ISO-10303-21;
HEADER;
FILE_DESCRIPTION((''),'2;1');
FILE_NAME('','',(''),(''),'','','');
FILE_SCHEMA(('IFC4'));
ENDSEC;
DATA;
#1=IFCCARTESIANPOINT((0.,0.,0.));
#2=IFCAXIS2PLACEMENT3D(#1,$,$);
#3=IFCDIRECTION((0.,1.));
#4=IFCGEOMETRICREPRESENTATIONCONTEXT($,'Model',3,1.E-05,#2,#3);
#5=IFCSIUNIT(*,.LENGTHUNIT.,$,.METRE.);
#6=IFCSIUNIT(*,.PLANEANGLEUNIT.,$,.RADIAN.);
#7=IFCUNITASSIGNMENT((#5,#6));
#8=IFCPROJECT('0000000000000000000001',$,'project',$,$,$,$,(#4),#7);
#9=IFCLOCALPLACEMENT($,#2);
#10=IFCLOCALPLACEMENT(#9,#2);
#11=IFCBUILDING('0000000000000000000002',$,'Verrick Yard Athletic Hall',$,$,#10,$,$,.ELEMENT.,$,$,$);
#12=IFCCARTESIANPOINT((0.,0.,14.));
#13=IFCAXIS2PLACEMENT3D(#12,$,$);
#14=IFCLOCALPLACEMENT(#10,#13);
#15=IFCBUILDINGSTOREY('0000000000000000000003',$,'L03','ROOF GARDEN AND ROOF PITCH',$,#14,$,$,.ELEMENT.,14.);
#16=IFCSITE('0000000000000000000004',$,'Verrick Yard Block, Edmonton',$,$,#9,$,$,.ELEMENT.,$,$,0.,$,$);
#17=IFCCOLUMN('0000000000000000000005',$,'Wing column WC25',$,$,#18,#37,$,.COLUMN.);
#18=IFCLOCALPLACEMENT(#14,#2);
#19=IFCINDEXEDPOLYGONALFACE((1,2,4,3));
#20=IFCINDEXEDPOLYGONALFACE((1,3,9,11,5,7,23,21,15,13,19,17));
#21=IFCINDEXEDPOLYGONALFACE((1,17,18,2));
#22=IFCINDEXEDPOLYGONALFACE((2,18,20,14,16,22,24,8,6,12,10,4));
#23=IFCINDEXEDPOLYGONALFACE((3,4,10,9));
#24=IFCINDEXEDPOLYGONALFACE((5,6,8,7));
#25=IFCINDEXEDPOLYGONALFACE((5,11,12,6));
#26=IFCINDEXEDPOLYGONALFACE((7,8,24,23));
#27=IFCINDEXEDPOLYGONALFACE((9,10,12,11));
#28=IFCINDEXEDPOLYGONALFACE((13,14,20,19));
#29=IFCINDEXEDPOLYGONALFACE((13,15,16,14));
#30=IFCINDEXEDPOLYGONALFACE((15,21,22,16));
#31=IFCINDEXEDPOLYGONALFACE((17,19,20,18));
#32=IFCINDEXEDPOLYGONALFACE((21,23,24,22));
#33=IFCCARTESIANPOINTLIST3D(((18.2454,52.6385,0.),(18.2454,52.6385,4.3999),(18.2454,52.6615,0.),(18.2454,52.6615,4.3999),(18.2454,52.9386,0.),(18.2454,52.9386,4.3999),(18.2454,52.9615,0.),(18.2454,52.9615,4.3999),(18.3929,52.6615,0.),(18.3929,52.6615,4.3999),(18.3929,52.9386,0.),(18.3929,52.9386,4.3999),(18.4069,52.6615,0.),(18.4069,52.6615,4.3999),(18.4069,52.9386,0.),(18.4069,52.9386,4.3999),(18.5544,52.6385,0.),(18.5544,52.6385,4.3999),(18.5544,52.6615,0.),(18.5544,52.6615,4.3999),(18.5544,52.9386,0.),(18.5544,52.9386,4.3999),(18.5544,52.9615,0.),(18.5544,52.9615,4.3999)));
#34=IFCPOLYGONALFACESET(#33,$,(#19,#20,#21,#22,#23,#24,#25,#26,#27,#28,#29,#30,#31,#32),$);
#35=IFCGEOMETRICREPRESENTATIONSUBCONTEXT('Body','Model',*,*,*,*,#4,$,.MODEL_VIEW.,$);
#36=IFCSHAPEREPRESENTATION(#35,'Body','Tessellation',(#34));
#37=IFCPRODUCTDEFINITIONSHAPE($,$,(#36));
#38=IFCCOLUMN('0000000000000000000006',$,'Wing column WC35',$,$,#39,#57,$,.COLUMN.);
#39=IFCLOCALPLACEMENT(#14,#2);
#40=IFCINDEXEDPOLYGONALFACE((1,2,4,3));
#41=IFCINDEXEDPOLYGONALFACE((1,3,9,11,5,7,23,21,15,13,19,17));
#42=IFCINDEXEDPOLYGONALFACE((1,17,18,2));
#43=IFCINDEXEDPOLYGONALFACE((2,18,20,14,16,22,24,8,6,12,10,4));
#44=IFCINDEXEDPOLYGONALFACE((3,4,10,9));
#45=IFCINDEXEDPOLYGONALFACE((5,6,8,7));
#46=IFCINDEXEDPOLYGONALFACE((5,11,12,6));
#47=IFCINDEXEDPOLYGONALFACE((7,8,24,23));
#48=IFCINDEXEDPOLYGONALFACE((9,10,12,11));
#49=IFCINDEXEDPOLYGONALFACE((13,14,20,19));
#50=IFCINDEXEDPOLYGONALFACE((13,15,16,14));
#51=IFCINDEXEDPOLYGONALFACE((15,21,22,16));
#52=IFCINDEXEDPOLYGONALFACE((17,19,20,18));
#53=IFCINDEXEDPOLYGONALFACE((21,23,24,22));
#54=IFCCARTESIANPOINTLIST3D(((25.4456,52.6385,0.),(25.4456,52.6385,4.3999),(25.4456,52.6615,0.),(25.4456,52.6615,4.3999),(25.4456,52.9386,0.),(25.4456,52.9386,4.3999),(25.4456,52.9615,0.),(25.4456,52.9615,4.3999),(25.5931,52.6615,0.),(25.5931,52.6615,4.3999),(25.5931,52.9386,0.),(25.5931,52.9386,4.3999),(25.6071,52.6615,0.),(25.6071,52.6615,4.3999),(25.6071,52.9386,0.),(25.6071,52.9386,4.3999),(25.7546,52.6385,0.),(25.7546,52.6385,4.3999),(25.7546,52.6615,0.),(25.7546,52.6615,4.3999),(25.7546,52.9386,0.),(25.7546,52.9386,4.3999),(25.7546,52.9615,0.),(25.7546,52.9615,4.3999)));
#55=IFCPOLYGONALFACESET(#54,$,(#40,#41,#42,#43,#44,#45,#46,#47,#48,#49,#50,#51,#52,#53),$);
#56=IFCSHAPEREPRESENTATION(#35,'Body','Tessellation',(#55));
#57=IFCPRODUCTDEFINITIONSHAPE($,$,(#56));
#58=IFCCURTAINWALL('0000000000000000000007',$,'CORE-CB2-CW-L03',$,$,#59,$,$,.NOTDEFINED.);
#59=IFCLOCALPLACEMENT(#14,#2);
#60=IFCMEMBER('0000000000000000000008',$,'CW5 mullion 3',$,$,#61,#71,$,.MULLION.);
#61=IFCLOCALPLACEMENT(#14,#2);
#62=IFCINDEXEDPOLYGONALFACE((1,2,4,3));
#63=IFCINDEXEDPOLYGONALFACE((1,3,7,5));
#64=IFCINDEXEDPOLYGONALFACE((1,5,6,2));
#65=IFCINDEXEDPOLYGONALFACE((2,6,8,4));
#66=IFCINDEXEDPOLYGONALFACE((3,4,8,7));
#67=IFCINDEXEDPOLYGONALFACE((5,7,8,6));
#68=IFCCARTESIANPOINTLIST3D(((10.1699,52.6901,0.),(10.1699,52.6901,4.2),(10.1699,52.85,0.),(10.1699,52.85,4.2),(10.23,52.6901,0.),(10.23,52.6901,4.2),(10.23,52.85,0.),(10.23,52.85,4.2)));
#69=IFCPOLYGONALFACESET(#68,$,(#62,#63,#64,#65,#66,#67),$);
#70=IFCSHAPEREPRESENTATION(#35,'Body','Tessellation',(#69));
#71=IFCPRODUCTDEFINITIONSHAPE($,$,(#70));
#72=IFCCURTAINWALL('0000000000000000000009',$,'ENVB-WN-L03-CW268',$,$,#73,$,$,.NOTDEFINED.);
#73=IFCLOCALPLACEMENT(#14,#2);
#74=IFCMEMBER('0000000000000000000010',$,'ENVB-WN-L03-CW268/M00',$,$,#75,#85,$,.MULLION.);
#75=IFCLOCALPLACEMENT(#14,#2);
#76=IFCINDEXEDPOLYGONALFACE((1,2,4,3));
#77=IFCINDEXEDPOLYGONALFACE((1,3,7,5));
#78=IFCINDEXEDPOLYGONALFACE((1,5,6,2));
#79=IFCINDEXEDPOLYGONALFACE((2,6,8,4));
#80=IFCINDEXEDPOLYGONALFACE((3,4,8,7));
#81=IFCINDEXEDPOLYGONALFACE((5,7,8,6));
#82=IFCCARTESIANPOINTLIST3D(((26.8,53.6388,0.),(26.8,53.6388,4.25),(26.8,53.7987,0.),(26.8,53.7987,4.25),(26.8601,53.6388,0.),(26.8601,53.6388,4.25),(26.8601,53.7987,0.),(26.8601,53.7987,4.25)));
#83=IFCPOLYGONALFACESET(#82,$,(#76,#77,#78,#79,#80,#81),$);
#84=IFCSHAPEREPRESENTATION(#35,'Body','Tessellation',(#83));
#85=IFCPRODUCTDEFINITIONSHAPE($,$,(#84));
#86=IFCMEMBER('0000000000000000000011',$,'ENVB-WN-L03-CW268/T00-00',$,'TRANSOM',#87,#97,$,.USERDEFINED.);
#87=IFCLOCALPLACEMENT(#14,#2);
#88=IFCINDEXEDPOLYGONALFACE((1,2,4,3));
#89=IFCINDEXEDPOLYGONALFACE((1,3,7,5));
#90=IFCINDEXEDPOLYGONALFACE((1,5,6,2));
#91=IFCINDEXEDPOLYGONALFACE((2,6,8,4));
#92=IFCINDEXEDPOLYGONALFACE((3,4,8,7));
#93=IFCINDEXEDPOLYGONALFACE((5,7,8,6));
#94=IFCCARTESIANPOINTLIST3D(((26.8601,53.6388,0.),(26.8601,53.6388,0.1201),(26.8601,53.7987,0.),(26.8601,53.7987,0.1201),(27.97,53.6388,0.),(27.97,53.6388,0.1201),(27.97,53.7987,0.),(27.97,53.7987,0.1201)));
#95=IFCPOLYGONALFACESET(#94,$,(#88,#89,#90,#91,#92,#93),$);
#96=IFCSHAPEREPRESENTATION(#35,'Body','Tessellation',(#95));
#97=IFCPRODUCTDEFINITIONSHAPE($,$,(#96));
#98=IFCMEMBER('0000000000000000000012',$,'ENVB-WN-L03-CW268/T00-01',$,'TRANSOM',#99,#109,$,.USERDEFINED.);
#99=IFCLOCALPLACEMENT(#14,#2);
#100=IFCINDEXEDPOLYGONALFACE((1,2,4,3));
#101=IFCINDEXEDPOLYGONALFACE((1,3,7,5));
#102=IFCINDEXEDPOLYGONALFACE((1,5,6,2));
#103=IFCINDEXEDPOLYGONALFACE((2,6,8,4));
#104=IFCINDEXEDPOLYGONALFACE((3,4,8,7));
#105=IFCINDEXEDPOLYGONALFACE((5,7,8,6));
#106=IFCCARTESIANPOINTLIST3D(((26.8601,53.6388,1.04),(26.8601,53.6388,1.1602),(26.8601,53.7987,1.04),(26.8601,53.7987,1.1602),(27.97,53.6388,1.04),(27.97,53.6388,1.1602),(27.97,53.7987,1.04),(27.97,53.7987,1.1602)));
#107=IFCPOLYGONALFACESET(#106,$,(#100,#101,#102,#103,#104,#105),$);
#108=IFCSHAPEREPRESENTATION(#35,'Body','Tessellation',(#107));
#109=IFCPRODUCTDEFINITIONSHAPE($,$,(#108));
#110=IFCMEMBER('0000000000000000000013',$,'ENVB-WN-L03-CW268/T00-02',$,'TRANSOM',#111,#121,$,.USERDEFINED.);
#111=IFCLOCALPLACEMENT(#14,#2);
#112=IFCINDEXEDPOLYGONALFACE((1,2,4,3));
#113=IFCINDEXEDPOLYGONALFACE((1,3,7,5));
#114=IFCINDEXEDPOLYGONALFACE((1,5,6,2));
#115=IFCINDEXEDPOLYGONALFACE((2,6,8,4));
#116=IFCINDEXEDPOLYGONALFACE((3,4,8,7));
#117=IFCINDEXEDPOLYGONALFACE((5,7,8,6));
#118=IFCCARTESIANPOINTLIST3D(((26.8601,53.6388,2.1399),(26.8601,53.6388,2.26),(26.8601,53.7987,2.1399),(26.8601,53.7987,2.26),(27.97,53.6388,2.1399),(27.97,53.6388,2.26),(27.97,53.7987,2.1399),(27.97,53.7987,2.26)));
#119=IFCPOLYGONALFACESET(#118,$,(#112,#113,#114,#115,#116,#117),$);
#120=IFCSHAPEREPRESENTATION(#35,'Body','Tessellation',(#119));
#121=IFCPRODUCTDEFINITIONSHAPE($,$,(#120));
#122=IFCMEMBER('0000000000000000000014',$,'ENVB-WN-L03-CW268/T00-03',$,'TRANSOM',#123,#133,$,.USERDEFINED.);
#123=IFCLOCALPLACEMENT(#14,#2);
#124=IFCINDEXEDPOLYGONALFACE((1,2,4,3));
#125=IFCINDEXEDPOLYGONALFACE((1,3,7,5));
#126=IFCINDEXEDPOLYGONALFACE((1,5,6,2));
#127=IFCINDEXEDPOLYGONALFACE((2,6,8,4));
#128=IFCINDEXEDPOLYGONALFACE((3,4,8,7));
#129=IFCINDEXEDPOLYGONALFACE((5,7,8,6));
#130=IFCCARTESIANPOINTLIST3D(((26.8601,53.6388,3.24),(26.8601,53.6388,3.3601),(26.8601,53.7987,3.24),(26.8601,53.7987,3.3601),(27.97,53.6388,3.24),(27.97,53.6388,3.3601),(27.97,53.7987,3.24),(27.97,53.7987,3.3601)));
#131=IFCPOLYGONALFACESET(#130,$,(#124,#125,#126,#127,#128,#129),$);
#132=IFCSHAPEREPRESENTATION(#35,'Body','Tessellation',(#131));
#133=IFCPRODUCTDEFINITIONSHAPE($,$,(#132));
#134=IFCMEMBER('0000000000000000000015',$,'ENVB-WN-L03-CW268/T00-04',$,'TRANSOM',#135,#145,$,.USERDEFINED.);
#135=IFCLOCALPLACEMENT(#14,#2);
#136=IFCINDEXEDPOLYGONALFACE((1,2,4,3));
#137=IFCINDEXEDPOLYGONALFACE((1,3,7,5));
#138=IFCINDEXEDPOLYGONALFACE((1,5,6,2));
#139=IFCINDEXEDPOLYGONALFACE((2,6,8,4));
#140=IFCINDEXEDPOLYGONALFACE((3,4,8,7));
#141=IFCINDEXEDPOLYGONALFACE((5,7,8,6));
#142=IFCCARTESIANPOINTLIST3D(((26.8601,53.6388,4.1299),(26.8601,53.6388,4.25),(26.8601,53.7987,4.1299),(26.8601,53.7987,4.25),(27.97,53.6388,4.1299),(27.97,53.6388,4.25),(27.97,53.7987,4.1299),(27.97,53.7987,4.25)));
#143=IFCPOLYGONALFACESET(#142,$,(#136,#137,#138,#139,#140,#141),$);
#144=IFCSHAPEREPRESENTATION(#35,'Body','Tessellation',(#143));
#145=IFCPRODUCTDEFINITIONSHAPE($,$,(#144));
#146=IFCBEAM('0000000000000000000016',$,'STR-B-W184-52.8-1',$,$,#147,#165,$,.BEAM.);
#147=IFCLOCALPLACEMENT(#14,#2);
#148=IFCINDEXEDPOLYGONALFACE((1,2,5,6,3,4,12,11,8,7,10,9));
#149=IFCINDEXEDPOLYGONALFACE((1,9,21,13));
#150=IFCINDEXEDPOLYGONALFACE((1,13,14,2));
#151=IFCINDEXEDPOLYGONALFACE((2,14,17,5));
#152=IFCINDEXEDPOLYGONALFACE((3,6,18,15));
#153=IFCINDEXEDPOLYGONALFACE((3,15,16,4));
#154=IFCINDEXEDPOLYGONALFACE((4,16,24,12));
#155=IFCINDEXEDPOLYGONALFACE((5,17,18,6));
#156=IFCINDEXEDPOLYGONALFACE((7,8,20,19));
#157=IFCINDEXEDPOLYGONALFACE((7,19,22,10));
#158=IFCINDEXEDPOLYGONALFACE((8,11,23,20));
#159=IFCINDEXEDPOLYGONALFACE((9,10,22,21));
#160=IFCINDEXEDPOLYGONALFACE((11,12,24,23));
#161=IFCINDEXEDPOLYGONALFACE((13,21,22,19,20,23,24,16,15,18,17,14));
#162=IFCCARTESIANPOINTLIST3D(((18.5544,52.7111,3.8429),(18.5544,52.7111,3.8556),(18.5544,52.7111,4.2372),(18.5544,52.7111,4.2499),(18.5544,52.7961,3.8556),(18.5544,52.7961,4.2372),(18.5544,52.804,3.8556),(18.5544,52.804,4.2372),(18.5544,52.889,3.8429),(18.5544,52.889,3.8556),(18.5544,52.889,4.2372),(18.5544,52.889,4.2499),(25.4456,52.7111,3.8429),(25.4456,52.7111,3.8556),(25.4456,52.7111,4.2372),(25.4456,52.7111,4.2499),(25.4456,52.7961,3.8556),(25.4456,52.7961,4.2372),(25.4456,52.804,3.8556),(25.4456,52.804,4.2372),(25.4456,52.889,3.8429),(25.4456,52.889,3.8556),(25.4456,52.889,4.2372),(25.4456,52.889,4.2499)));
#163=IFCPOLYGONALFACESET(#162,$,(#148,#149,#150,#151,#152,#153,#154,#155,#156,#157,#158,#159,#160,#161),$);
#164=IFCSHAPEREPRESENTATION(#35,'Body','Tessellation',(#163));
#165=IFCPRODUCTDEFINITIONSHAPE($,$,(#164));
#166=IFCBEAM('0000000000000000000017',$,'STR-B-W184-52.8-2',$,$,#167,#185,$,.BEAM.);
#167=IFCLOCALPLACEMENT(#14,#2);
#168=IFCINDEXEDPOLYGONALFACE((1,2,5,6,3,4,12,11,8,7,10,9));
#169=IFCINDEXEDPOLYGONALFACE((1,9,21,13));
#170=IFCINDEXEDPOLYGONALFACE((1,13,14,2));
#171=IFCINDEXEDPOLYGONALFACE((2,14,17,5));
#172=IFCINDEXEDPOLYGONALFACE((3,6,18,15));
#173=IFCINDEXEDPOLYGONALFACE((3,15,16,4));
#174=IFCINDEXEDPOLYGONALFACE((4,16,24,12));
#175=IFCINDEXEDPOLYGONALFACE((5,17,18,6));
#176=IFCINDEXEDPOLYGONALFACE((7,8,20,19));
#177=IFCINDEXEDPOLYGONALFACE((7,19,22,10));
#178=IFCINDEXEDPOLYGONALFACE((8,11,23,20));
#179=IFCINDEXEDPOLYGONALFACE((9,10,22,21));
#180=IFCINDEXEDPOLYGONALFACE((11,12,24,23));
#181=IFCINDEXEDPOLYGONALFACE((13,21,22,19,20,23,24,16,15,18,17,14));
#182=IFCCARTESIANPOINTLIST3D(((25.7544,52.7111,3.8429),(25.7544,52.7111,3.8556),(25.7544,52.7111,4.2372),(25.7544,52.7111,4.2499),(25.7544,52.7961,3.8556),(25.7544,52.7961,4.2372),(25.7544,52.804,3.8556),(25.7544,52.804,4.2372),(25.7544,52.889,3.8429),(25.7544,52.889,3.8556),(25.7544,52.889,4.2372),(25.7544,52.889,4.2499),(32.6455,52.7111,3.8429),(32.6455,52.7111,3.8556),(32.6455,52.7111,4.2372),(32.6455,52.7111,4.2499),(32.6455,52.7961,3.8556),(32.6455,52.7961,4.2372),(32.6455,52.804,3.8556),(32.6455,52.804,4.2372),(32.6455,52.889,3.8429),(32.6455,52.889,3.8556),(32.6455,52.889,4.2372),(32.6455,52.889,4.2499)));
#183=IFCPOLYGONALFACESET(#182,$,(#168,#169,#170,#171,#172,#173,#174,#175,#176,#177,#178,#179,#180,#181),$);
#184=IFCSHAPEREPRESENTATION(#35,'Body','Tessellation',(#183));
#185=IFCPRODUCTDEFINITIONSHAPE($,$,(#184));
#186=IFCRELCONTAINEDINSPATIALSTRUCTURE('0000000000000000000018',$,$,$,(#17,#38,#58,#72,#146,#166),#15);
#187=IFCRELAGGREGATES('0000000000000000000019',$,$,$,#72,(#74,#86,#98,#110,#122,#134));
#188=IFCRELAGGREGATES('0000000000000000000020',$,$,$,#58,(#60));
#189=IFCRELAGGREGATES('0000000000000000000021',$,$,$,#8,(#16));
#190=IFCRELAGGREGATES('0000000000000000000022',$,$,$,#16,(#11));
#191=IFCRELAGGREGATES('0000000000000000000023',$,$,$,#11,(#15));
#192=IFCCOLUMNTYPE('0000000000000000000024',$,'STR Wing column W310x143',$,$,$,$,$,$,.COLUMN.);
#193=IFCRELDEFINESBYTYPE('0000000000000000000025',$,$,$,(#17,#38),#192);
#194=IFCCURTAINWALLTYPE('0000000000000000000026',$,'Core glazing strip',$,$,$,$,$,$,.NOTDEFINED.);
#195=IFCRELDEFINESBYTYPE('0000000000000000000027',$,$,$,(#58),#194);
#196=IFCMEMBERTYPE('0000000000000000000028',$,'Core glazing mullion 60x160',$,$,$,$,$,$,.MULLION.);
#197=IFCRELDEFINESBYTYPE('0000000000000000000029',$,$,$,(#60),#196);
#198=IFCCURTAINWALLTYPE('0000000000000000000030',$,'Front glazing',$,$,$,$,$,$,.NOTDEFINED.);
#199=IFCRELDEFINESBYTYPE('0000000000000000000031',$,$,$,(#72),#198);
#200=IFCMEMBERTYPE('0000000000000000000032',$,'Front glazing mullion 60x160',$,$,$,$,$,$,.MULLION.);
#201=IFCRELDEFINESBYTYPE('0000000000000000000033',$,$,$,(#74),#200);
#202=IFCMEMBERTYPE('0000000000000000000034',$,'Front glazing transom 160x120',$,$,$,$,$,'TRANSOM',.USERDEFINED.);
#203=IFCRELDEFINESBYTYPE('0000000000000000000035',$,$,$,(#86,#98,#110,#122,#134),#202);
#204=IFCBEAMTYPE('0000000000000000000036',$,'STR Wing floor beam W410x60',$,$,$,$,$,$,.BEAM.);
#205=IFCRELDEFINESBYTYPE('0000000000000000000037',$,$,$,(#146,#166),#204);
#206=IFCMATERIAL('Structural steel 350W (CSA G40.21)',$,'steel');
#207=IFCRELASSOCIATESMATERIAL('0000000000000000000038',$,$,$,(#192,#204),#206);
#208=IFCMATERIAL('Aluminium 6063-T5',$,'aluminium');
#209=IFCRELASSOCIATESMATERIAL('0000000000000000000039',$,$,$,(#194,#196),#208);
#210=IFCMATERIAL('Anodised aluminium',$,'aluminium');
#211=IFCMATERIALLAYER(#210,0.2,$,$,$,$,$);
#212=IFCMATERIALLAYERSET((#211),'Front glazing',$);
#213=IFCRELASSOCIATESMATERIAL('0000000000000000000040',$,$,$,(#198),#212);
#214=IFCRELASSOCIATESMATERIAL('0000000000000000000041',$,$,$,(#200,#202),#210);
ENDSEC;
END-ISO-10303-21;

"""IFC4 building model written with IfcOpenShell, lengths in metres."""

from ifc_helpers import new_model, si_unit, direction, frame, origin, origin_2d, place, context, subcontext, project, spatial, rectangle, i_section, extrude, material, layer, layer_set, material_profile, profile_set, type_object, element, aggregate, save


model = new_model("IFC4")

# Units and contexts
model_context = context("Model", 3, precision=1e-05, world=origin(), true_north=direction((0.0, 1.0)))
body_context = subcontext(model_context, "Body", "Model", "MODEL_VIEW")
ifc_project = project(units=[si_unit("LENGTHUNIT", "METRE"), si_unit("PLANEANGLEUNIT", "RADIAN")], contexts=[model_context])

# Site, building, storey
site_placement = place(None, origin())
site = spatial("IfcSite", under=ifc_project, at=site_placement, Name="Verrick Yard Block, Edmonton", CompositionType="ELEMENT", RefElevation=0.0)
building_placement = place(site_placement, origin())
building = spatial("IfcBuilding", under=site, at=building_placement, Name="Verrick Yard Athletic Hall", CompositionType="ELEMENT")
storey_placement = place(building_placement, frame((0.0, 0.0, 14.0)))
storey = spatial("IfcBuildingStorey", under=building, at=storey_placement, Name="L03", Description="ROOF GARDEN AND ROOF PITCH", CompositionType="ELEMENT", Elevation=14.0)

# Columns
ifc_material_1 = material(Name="Structural steel 350W (CSA G40.21)", Category="steel")
ifc_material_profile_1 = material_profile(ifc_material_1, i_section(OverallWidth=0.3091, OverallDepth=0.323, WebThickness=0.0139, FlangeThickness=0.0229, at=origin_2d()), Name="W310x143")
ifc_profile_set_1 = profile_set([ifc_material_profile_1], Name="Structural steel 350W (CSA G40.21)")
column_type = type_object("IfcColumnType", Name="STR Wing column W310x143", PredefinedType="COLUMN", material=ifc_profile_set_1)
for number, where, z_axis, x_axis, name in (
    (1, (18.3999, 52.8, 0.0), (0.0, 0.0, 1.0), (1.0, 0.0, 0.0), "Wing column WC25"),
    (2, (25.6001, 52.8, 0.0), (0.0, 0.0, 1.0), (1.0, 0.0, 0.0), "Wing column WC35"),
):
    element("IfcColumn", number, at=place(storey_placement, frame(where, z_axis=z_axis, x_axis=x_axis)), inside=storey, type_object=column_type, Name=name, PredefinedType="COLUMN", context=body_context, shape_type="SweptSolid", body=[
        extrude(i_section(OverallWidth=0.3091, OverallDepth=0.323, WebThickness=0.0139, FlangeThickness=0.0229, at=origin_2d()), origin(), (0.0, 0.0, 1.0), 4.3999),
    ])

# Curtain wall, member
ifc_material_2 = material(Name="Aluminium 6063-T5", Category="aluminium")
curtain_wall_type_1 = type_object("IfcCurtainWallType", Name="Core glazing strip", PredefinedType="NOTDEFINED", material=ifc_material_2)
curtain_wall_1_placement = place(storey_placement, origin())
curtain_wall_1 = element("IfcCurtainWall", 3, at=curtain_wall_1_placement, inside=storey, type_object=curtain_wall_type_1, Name="CORE-CB2-CW-L03", PredefinedType="NOTDEFINED")
ifc_material_profile_2 = material_profile(ifc_material_2, rectangle(XDim=0.0601, YDim=0.1599, at=origin_2d()), Name="Core glazing mullion 60x160")
ifc_profile_set_2 = profile_set([ifc_material_profile_2], Name="Aluminium 6063-T5")
member_type_1 = type_object("IfcMemberType", Name="Core glazing mullion 60x160", PredefinedType="MULLION", material=ifc_profile_set_2)
member_1_placement = place(storey_placement, frame((10.2, 52.77, 0.0), z_axis=(0.0, 0.0, 1.0), x_axis=(-1.0, 0.0, 0.0)))
member_1 = element("IfcMember", 4, at=member_1_placement, type_object=member_type_1, Name="CW5 mullion 3", PredefinedType="MULLION", context=body_context, shape_type="SweptSolid", body=[
    extrude(rectangle(XDim=0.0601, YDim=0.1599, at=origin_2d()), origin(), (0.0, 0.0, 1.0), 4.2),
])

# Curtain wall, members
ifc_material_3 = material(Name="Anodised aluminium", Category="aluminium")
ifc_layer_1 = layer(ifc_material_3, 0.2)
ifc_layer_set_1 = layer_set([ifc_layer_1], Name="Front glazing")
curtain_wall_type_2 = type_object("IfcCurtainWallType", Name="Front glazing", PredefinedType="NOTDEFINED", material=ifc_layer_set_1)
curtain_wall_2_placement = place(storey_placement, origin())
curtain_wall_2 = element("IfcCurtainWall", 5, at=curtain_wall_2_placement, inside=storey, type_object=curtain_wall_type_2, Name="ENVB-WN-L03-CW268", PredefinedType="NOTDEFINED")
ifc_material_profile_3 = material_profile(ifc_material_3, rectangle(XDim=0.1599, YDim=0.0601, at=origin_2d()), Name="CW mullion 60x160")
ifc_profile_set_3 = profile_set([ifc_material_profile_3], Name="Anodised aluminium")
member_type_2 = type_object("IfcMemberType", Name="Front glazing mullion 60x160", PredefinedType="MULLION", material=ifc_profile_set_3)
member_2_placement = place(storey_placement, frame((26.8301, 53.7188, 0.0), z_axis=(0.0, 0.0, 1.0), x_axis=(0.0, 1.0, 0.0)))
member_2 = element("IfcMember", 6, at=member_2_placement, type_object=member_type_2, Name="ENVB-WN-L03-CW268/M00", PredefinedType="MULLION", context=body_context, shape_type="SweptSolid", body=[
    extrude(rectangle(XDim=0.1599, YDim=0.0601, at=origin_2d()), origin(), (0.0, 0.0, 1.0), 4.25),
])
ifc_material_profile_4 = material_profile(ifc_material_3, rectangle(XDim=0.1599, YDim=0.1201, at=origin_2d()), Name="CW transom 160x120")
ifc_profile_set_4 = profile_set([ifc_material_profile_4], Name="Anodised aluminium")
member_type_3 = type_object("IfcMemberType", Name="Front glazing transom 160x120", ElementType="TRANSOM", PredefinedType="USERDEFINED", material=ifc_profile_set_4)
member_3_placement = place(storey_placement, frame((26.8601, 53.7188, 0.0601), z_axis=(1.0, 0.0, 0.0), x_axis=(0.0, 1.0, 0.0)))
member_3 = element("IfcMember", 7, at=member_3_placement, type_object=member_type_3, Name="ENVB-WN-L03-CW268/T00-00", ObjectType="TRANSOM", PredefinedType="USERDEFINED", context=body_context, shape_type="SweptSolid", body=[
    extrude(rectangle(XDim=0.1599, YDim=0.1201, at=origin_2d()), origin(), (0.0, 0.0, 1.0), 1.1099),
])
member_4_placement = place(storey_placement, frame((26.8601, 53.7188, 1.1001), z_axis=(1.0, 0.0, 0.0), x_axis=(0.0, 1.0, 0.0)))
member_4 = element("IfcMember", 8, at=member_4_placement, type_object=member_type_3, Name="ENVB-WN-L03-CW268/T00-01", ObjectType="TRANSOM", PredefinedType="USERDEFINED", context=body_context, shape_type="SweptSolid", body=[
    extrude(rectangle(XDim=0.1599, YDim=0.1201, at=origin_2d()), origin(), (0.0, 0.0, 1.0), 1.1099),
])
member_5_placement = place(storey_placement, frame((26.8601, 53.7188, 2.2), z_axis=(1.0, 0.0, 0.0), x_axis=(0.0, 1.0, 0.0)))
member_5 = element("IfcMember", 9, at=member_5_placement, type_object=member_type_3, Name="ENVB-WN-L03-CW268/T00-02", ObjectType="TRANSOM", PredefinedType="USERDEFINED", context=body_context, shape_type="SweptSolid", body=[
    extrude(rectangle(XDim=0.1599, YDim=0.1201, at=origin_2d()), origin(), (0.0, 0.0, 1.0), 1.1099),
])
member_6_placement = place(storey_placement, frame((26.8601, 53.7188, 3.3), z_axis=(1.0, 0.0, 0.0), x_axis=(0.0, 1.0, 0.0)))
member_6 = element("IfcMember", 10, at=member_6_placement, type_object=member_type_3, Name="ENVB-WN-L03-CW268/T00-03", ObjectType="TRANSOM", PredefinedType="USERDEFINED", context=body_context, shape_type="SweptSolid", body=[
    extrude(rectangle(XDim=0.1599, YDim=0.1201, at=origin_2d()), origin(), (0.0, 0.0, 1.0), 1.1099),
])
member_7_placement = place(storey_placement, frame((26.8601, 53.7188, 4.1899), z_axis=(1.0, 0.0, 0.0), x_axis=(0.0, 1.0, 0.0)))
member_7 = element("IfcMember", 11, at=member_7_placement, type_object=member_type_3, Name="ENVB-WN-L03-CW268/T00-04", ObjectType="TRANSOM", PredefinedType="USERDEFINED", context=body_context, shape_type="SweptSolid", body=[
    extrude(rectangle(XDim=0.1599, YDim=0.1201, at=origin_2d()), origin(), (0.0, 0.0, 1.0), 1.1099),
])
aggregate(curtain_wall_2, [member_2, member_3, member_4, member_5, member_6, member_7])

# Beams
ifc_material_profile_5 = material_profile(ifc_material_1, i_section(OverallWidth=0.178, OverallDepth=0.407, WebThickness=0.0078, FlangeThickness=0.0127, at=origin_2d()), Name="W410x60")
ifc_profile_set_5 = profile_set([ifc_material_profile_5], Name="Structural steel 350W (CSA G40.21)")
beam_type = type_object("IfcBeamType", Name="STR Wing floor beam W410x60", PredefinedType="BEAM", material=ifc_profile_set_5)
for number, where, z_axis, x_axis, name in (
    (12, (18.5544, 52.8, 4.0464), (1.0, 0.0, 0.0), (0.0, 1.0, 0.0), "STR-B-W184-52.8-1"),
    (13, (25.7544, 52.8, 4.0464), (1.0, 0.0, 0.0), (0.0, 1.0, 0.0), "STR-B-W184-52.8-2"),
):
    element("IfcBeam", number, at=place(storey_placement, frame(where, z_axis=z_axis, x_axis=x_axis)), inside=storey, type_object=beam_type, Name=name, PredefinedType="BEAM", context=body_context, shape_type="SweptSolid", body=[
        extrude(i_section(OverallWidth=0.178, OverallDepth=0.407, WebThickness=0.0078, FlangeThickness=0.0127, at=origin_2d()), origin(), (0.0, 0.0, 1.0), 6.8911),
    ])

aggregate(curtain_wall_1, [member_1])

save(model, "model.ifc")
